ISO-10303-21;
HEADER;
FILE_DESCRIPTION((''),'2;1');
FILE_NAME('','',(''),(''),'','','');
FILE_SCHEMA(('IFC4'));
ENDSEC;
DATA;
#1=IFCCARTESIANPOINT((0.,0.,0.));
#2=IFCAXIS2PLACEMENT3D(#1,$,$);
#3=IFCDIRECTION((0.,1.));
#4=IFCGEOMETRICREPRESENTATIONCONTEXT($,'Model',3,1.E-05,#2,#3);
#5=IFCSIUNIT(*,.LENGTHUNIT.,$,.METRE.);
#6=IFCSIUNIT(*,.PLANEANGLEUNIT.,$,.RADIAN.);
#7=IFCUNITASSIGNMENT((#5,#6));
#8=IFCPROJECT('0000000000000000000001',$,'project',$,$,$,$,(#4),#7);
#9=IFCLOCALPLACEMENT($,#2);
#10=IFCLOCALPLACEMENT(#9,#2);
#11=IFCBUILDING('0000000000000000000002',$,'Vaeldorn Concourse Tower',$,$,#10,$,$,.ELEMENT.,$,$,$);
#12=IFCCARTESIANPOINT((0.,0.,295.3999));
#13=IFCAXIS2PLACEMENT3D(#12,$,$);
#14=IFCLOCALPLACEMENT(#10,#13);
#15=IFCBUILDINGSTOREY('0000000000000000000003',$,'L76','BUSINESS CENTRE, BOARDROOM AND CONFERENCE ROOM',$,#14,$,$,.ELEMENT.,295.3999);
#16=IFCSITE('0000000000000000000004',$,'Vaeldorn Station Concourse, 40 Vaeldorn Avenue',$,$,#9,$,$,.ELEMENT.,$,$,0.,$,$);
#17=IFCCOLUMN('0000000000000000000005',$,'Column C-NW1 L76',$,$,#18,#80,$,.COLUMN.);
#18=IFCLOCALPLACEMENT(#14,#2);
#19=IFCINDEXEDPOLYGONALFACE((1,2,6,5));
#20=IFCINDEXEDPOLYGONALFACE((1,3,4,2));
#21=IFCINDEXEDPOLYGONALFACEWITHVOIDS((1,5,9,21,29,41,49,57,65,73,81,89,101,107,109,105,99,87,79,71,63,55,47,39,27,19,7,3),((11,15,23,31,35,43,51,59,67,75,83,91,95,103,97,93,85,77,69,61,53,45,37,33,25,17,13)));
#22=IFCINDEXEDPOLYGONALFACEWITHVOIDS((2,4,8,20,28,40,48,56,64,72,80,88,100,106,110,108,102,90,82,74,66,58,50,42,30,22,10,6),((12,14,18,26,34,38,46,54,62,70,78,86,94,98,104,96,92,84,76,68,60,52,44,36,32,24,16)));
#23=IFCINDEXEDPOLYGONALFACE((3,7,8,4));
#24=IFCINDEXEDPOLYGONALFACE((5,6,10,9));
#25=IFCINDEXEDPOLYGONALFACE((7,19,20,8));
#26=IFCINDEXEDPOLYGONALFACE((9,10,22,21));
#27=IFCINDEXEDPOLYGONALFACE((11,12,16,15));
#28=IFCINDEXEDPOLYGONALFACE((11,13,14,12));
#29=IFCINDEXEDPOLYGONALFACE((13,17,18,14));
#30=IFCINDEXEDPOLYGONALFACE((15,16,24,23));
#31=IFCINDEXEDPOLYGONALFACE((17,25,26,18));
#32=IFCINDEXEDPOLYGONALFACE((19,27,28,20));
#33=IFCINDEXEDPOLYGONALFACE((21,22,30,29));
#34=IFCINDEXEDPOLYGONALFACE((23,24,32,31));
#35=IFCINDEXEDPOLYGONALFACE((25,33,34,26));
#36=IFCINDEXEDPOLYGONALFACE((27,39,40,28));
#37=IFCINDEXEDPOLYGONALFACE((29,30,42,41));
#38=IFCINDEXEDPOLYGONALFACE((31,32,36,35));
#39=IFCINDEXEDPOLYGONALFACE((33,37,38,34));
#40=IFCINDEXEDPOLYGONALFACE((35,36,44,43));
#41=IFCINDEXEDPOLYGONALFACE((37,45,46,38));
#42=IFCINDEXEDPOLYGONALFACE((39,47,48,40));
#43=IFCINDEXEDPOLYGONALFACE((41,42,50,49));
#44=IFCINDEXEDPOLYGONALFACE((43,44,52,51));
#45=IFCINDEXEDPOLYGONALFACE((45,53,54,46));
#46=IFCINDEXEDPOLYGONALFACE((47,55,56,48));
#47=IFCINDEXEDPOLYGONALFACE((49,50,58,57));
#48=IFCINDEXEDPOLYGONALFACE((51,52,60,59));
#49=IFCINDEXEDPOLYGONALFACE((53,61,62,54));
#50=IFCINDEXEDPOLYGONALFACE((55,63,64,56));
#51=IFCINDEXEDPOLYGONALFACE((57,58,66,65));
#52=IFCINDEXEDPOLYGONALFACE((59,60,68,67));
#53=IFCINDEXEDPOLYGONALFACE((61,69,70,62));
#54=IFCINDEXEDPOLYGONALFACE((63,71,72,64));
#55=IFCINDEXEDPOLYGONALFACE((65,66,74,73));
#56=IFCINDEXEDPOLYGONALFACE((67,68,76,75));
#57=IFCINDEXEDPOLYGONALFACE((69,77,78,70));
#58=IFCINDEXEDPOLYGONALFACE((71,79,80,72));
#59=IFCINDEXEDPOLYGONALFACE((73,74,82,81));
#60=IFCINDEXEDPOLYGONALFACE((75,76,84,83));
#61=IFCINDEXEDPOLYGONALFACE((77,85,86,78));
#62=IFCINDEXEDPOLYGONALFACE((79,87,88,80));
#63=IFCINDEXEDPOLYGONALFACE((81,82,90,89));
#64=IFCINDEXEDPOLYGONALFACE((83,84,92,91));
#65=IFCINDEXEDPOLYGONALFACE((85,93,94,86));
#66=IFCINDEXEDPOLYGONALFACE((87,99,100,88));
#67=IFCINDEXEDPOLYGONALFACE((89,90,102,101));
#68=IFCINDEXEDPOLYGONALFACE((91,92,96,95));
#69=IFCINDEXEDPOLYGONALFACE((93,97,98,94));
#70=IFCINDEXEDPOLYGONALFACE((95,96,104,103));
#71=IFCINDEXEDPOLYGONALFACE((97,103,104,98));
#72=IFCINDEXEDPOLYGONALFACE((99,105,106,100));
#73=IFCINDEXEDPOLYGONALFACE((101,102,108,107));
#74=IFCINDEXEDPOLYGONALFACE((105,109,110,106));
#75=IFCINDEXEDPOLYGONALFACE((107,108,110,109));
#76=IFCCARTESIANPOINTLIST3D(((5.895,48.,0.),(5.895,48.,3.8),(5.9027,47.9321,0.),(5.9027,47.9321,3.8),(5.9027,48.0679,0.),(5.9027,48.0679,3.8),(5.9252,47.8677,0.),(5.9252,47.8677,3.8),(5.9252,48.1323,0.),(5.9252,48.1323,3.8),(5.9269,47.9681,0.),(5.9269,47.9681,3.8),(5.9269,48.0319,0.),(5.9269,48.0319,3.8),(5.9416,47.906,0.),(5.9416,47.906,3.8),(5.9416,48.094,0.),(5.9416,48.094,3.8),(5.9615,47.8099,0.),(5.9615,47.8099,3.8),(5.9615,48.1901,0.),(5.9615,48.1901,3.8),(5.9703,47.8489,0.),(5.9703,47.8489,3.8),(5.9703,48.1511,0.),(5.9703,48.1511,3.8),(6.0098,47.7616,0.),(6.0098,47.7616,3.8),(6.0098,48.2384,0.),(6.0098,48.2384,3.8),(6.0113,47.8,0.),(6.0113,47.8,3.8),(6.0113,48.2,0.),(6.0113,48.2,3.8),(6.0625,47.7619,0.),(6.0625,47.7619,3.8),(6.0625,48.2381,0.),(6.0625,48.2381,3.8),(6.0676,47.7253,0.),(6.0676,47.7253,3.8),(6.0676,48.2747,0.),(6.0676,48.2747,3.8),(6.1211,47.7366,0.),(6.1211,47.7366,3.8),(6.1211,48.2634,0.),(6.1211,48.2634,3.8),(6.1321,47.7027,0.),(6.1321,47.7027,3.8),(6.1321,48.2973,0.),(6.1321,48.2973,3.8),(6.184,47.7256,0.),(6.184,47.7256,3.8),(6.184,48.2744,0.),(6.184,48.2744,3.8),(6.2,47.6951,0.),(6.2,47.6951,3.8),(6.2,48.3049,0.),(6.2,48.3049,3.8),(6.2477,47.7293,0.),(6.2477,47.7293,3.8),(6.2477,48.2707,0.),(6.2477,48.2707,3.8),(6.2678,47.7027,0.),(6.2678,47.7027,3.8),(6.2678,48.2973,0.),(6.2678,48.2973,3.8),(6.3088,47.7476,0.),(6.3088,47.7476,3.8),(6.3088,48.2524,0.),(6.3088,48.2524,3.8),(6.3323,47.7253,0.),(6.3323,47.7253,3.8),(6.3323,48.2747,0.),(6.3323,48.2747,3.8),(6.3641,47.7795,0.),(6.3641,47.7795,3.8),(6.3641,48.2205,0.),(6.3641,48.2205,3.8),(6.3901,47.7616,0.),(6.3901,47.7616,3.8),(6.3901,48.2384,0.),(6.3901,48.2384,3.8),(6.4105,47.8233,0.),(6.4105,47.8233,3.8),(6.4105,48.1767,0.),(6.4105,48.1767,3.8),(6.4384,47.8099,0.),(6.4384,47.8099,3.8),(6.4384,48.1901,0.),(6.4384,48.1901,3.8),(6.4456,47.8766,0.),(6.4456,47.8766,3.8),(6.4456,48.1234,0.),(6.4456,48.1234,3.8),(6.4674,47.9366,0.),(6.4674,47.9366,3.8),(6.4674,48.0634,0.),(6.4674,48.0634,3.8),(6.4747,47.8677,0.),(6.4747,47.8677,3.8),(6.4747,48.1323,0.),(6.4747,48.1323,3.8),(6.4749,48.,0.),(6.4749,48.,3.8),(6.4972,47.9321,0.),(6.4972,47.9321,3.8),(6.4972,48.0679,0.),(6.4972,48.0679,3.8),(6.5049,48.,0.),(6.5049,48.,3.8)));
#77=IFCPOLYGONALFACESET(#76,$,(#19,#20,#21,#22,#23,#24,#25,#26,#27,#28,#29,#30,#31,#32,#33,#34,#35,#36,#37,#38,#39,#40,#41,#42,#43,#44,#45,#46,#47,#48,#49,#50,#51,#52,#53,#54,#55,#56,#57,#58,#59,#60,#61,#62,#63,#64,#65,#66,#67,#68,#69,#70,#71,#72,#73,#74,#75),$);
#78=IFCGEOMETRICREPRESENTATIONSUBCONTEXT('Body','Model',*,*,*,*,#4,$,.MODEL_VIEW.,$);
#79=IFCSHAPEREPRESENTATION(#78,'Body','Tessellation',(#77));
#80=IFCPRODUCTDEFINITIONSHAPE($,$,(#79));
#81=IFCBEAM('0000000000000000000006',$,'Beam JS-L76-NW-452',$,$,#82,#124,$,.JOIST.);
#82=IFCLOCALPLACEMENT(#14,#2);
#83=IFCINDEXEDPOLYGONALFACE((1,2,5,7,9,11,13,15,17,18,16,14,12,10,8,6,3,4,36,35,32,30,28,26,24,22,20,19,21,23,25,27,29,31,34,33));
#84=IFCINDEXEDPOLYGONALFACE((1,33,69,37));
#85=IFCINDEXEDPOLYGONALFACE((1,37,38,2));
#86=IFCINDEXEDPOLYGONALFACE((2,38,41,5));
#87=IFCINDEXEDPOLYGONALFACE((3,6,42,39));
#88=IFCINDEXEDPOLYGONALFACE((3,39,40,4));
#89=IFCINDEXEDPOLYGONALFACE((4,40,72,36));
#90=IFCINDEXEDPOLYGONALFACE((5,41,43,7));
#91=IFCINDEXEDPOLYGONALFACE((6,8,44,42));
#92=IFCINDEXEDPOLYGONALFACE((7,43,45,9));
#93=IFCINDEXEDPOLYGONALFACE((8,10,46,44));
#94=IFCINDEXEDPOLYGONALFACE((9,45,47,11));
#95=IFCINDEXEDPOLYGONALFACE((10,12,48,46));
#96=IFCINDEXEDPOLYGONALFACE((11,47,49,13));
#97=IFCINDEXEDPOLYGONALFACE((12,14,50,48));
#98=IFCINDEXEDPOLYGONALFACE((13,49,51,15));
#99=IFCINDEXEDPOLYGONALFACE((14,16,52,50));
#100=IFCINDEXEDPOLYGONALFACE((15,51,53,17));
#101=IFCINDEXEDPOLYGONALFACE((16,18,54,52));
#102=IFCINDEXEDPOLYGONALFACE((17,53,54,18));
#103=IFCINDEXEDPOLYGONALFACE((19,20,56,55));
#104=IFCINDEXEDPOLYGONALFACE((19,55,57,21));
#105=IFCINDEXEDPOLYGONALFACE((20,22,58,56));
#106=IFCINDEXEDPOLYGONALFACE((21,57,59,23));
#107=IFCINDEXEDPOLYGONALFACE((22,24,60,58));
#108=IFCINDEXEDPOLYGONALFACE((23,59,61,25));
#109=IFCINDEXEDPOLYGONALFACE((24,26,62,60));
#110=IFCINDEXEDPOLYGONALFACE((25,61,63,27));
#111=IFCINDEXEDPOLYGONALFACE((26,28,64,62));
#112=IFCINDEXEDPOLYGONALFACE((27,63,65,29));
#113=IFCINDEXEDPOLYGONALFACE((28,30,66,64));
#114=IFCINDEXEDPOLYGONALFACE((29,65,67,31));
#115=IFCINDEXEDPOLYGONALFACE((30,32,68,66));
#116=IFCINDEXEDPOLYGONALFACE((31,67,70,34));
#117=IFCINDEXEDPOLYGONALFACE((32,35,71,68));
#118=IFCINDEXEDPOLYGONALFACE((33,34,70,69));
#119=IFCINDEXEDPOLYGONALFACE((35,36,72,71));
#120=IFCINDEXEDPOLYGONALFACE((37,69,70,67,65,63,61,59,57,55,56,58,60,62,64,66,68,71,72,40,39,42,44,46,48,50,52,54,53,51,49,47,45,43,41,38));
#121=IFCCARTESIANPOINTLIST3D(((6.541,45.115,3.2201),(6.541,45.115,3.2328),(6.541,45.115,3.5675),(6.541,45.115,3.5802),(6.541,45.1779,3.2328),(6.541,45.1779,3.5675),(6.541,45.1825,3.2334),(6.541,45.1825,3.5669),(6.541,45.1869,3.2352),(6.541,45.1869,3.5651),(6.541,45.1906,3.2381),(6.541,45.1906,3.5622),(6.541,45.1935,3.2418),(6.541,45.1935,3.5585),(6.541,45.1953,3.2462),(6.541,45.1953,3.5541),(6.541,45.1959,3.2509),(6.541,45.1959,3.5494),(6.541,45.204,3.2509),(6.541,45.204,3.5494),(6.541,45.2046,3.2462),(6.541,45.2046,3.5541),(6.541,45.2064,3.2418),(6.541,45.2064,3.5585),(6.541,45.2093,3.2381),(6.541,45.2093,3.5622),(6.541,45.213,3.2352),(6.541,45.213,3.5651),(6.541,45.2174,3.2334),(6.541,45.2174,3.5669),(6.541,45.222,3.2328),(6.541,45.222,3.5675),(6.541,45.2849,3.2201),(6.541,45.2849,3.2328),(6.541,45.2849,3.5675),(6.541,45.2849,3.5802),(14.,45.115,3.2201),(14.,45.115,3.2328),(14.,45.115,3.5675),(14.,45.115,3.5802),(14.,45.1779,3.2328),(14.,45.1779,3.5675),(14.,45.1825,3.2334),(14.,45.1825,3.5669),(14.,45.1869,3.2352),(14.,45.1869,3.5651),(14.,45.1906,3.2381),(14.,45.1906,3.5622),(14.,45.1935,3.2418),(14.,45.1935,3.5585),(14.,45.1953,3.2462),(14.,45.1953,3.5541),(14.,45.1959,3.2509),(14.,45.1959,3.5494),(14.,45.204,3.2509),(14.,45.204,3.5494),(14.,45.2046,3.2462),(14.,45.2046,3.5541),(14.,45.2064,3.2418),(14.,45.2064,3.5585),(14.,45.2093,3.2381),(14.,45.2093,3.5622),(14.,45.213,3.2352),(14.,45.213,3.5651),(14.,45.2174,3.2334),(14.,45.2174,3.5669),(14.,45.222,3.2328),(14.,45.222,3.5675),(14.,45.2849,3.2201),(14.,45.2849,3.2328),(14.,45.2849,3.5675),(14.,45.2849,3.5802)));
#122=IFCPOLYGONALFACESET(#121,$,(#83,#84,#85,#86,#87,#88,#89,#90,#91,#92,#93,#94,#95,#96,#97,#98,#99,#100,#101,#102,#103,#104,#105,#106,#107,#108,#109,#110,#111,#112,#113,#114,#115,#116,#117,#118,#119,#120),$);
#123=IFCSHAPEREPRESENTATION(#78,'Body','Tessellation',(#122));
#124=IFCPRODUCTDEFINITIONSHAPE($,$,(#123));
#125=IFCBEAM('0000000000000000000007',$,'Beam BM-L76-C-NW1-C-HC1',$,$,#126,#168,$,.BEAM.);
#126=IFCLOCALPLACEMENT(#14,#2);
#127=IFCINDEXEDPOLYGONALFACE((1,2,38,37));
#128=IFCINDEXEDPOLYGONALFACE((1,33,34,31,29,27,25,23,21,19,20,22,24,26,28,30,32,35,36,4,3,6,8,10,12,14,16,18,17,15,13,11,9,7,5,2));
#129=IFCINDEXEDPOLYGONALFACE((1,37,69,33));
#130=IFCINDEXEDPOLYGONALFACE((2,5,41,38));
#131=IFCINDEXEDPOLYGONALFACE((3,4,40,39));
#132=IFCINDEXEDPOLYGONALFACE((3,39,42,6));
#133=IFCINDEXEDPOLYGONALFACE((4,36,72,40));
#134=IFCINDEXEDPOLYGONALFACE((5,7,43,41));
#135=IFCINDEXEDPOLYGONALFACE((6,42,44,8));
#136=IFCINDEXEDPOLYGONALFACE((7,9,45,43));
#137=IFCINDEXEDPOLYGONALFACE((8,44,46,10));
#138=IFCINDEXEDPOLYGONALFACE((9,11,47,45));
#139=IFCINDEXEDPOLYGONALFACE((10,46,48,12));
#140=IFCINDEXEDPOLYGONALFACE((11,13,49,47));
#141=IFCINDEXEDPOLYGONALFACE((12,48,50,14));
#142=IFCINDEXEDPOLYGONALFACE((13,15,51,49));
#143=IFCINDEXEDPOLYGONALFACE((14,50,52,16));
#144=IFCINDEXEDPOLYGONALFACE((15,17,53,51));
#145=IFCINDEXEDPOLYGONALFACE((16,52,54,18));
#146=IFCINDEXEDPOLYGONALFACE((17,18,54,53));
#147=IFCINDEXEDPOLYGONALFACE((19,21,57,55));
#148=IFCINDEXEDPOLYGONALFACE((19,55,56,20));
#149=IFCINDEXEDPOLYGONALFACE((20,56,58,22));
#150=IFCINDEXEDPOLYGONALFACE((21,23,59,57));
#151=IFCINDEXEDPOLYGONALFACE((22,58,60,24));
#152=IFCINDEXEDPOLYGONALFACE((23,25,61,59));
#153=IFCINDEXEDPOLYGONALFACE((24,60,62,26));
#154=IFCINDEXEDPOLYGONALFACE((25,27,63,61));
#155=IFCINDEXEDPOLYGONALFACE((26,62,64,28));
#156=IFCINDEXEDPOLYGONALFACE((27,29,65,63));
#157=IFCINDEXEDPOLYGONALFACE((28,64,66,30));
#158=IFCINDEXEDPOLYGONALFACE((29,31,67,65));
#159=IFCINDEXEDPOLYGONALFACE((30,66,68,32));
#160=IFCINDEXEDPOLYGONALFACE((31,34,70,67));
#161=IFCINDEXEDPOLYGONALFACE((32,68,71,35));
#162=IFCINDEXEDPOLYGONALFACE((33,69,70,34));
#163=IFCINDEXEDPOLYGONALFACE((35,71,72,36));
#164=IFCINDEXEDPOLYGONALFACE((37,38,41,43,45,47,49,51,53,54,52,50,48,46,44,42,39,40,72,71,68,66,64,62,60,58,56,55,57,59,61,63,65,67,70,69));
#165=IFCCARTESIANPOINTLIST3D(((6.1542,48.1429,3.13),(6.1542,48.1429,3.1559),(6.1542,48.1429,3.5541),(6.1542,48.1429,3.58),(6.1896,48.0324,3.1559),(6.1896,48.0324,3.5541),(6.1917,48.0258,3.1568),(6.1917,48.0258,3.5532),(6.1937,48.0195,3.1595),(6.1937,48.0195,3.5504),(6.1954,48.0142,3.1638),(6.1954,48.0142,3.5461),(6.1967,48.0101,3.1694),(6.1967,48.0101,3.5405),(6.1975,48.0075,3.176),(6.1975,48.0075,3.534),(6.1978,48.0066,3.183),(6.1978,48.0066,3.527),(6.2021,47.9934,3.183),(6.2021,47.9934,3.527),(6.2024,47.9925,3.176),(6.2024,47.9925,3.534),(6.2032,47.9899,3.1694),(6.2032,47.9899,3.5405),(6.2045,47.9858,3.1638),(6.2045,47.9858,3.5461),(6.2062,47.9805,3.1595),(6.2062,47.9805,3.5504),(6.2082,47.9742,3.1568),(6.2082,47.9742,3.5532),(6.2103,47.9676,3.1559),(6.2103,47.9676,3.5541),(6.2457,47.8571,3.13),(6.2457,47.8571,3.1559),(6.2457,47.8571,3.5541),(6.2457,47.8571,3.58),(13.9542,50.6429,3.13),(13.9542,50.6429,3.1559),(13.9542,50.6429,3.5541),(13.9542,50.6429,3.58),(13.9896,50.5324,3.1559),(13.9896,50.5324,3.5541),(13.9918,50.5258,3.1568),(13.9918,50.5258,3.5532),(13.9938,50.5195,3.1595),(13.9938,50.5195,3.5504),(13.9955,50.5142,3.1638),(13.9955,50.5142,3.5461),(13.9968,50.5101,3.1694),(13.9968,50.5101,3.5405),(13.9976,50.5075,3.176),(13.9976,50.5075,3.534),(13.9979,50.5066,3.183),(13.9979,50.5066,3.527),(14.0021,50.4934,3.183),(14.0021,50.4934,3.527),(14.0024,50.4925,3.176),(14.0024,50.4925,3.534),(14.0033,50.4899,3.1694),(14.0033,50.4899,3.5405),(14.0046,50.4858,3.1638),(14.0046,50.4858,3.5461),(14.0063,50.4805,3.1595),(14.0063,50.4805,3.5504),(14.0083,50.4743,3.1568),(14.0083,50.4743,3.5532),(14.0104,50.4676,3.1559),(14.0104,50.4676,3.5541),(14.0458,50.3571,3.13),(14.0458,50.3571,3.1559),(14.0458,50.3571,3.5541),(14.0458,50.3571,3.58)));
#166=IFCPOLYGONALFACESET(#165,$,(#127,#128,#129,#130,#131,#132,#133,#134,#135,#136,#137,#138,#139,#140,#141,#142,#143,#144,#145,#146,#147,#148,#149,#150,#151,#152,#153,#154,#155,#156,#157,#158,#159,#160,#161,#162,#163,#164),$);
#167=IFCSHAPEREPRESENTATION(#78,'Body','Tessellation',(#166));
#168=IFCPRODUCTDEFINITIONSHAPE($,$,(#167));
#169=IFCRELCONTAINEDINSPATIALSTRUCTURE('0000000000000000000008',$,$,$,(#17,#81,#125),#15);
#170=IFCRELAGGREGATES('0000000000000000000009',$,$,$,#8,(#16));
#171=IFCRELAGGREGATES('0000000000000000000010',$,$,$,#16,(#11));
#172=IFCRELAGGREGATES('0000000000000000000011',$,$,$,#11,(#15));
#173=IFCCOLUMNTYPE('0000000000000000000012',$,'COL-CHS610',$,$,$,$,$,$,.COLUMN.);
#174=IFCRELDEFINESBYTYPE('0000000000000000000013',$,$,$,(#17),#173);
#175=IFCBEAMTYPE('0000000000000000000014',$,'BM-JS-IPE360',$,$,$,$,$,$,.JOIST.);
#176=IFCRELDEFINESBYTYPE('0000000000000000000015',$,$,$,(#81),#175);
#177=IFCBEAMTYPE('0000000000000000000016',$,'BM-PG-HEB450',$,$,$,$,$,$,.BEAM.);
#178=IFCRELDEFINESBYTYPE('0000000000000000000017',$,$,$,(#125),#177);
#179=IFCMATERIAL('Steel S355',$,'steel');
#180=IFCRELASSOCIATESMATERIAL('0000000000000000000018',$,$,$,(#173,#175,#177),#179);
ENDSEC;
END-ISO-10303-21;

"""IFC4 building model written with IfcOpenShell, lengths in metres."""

from ifc_helpers import new_model, si_unit, direction, frame, origin, origin_2d, place, context, subcontext, project, spatial, hollow_circle, i_section, extrude, source, transform, mapped, material, material_profile, profile_set, type_object, element, save


model = new_model("IFC4")

# Units and contexts
model_context = context("Model", 3, precision=1e-05, world=origin(), true_north=direction((0.0, 1.0)))
body_context = subcontext(model_context, "Body", "Model", "MODEL_VIEW")
ifc_project = project(units=[si_unit("LENGTHUNIT", "METRE"), si_unit("PLANEANGLEUNIT", "RADIAN")], contexts=[model_context])

# Site, building, storey
site_placement = place(None, origin())
site = spatial("IfcSite", under=ifc_project, at=site_placement, Name="Vaeldorn Station Concourse, 40 Vaeldorn Avenue", CompositionType="ELEMENT", RefElevation=0.0)
building_placement = place(site_placement, origin())
building = spatial("IfcBuilding", under=site, at=building_placement, Name="Vaeldorn Concourse Tower", CompositionType="ELEMENT")
storey_placement = place(building_placement, frame((0.0, 0.0, 295.3999)))
storey = spatial("IfcBuildingStorey", under=building, at=storey_placement, Name="L76", Description="BUSINESS CENTRE, BOARDROOM AND CONFERENCE ROOM", CompositionType="ELEMENT", Elevation=295.3999)

# Column
ifc_material_1 = material(Name="Steel S355", Category="steel")
ifc_material_profile_1 = material_profile(ifc_material_1, hollow_circle(Radius=0.3049, WallThickness=0.03, at=origin_2d()), Name="CHS 610x30")
ifc_profile_set_1 = profile_set([ifc_material_profile_1], Name="Steel S355")
column_type = type_object("IfcColumnType", Name="COL-CHS610", PredefinedType="COLUMN", material=ifc_profile_set_1)
shared_shape_1 = source(origin(), body_context, "Body", "SweptSolid", [
    extrude(hollow_circle(Radius=0.3049, WallThickness=0.03, at=origin_2d()), origin(), (0.0, 0.0, 1.0), 3.8),
])
column_placement = place(storey_placement, frame((6.2, 48.0, 0.0), z_axis=(0.0, 0.0, 1.0), x_axis=(1.0, 0.0, 0.0)))
element("IfcColumn", 1, at=column_placement, inside=storey, type_object=column_type, Name="Column C-NW1 L76", PredefinedType="COLUMN", context=body_context, shape_type="MappedRepresentation", body=[
    mapped(shared_shape_1, transform((0.0, 0.0, 0.0), scale=1.0)),
])

# Beams
ifc_material_profile_2 = material_profile(ifc_material_1, i_section(OverallWidth=0.1699, OverallDepth=0.3601, WebThickness=0.0081, FlangeThickness=0.0127, FilletRadius=0.0181, at=origin_2d()), Name="IPE 360")
ifc_profile_set_2 = profile_set([ifc_material_profile_2], Name="Steel S355")
beam_type_1 = type_object("IfcBeamType", Name="BM-JS-IPE360", PredefinedType="JOIST", material=ifc_profile_set_2)
shared_shape_2 = source(origin(), body_context, "Body", "SweptSolid", [
    extrude(i_section(OverallWidth=0.1699, OverallDepth=0.3601, WebThickness=0.0081, FlangeThickness=0.0127, FilletRadius=0.0181, at=origin_2d()), origin(), (0.0, 0.0, 1.0), 7.459),
])
beam_1_placement = place(storey_placement, frame((6.541, 45.2, 3.4001), z_axis=(1.0, 0.0, 0.0), x_axis=(0.0, 1.0, 0.0)))
element("IfcBeam", 2, at=beam_1_placement, inside=storey, type_object=beam_type_1, Name="Beam JS-L76-NW-452", PredefinedType="JOIST", context=body_context, shape_type="MappedRepresentation", body=[
    mapped(shared_shape_2, transform((0.0, 0.0, 0.0), scale=1.0)),
])
ifc_material_profile_3 = material_profile(ifc_material_1, i_section(OverallWidth=0.3, OverallDepth=0.45, WebThickness=0.0139, FlangeThickness=0.0259, FilletRadius=0.0271, at=origin_2d()), Name="HEB 450")
ifc_profile_set_3 = profile_set([ifc_material_profile_3], Name="Steel S355")
beam_type_2 = type_object("IfcBeamType", Name="BM-PG-HEB450", PredefinedType="BEAM", material=ifc_profile_set_3)
shared_shape_3 = source(origin(), body_context, "Body", "SweptSolid", [
    extrude(i_section(OverallWidth=0.3, OverallDepth=0.45, WebThickness=0.0139, FlangeThickness=0.0259, FilletRadius=0.0271, at=origin_2d()), origin(), (0.0, 0.0, 1.0), 8.1909),
])
beam_2_placement = place(storey_placement, frame((6.2, 48.0, 3.355), z_axis=(0.952283, 0.305217, 0.0), x_axis=(-0.305217, 0.952283, 0.0)))
element("IfcBeam", 3, at=beam_2_placement, inside=storey, type_object=beam_type_2, Name="Beam BM-L76-C-NW1-C-HC1", PredefinedType="BEAM", context=body_context, shape_type="MappedRepresentation", body=[
    mapped(shared_shape_3, transform((0.0, 0.0, 0.0), scale=1.0)),
])

save(model, "model.ifc")
